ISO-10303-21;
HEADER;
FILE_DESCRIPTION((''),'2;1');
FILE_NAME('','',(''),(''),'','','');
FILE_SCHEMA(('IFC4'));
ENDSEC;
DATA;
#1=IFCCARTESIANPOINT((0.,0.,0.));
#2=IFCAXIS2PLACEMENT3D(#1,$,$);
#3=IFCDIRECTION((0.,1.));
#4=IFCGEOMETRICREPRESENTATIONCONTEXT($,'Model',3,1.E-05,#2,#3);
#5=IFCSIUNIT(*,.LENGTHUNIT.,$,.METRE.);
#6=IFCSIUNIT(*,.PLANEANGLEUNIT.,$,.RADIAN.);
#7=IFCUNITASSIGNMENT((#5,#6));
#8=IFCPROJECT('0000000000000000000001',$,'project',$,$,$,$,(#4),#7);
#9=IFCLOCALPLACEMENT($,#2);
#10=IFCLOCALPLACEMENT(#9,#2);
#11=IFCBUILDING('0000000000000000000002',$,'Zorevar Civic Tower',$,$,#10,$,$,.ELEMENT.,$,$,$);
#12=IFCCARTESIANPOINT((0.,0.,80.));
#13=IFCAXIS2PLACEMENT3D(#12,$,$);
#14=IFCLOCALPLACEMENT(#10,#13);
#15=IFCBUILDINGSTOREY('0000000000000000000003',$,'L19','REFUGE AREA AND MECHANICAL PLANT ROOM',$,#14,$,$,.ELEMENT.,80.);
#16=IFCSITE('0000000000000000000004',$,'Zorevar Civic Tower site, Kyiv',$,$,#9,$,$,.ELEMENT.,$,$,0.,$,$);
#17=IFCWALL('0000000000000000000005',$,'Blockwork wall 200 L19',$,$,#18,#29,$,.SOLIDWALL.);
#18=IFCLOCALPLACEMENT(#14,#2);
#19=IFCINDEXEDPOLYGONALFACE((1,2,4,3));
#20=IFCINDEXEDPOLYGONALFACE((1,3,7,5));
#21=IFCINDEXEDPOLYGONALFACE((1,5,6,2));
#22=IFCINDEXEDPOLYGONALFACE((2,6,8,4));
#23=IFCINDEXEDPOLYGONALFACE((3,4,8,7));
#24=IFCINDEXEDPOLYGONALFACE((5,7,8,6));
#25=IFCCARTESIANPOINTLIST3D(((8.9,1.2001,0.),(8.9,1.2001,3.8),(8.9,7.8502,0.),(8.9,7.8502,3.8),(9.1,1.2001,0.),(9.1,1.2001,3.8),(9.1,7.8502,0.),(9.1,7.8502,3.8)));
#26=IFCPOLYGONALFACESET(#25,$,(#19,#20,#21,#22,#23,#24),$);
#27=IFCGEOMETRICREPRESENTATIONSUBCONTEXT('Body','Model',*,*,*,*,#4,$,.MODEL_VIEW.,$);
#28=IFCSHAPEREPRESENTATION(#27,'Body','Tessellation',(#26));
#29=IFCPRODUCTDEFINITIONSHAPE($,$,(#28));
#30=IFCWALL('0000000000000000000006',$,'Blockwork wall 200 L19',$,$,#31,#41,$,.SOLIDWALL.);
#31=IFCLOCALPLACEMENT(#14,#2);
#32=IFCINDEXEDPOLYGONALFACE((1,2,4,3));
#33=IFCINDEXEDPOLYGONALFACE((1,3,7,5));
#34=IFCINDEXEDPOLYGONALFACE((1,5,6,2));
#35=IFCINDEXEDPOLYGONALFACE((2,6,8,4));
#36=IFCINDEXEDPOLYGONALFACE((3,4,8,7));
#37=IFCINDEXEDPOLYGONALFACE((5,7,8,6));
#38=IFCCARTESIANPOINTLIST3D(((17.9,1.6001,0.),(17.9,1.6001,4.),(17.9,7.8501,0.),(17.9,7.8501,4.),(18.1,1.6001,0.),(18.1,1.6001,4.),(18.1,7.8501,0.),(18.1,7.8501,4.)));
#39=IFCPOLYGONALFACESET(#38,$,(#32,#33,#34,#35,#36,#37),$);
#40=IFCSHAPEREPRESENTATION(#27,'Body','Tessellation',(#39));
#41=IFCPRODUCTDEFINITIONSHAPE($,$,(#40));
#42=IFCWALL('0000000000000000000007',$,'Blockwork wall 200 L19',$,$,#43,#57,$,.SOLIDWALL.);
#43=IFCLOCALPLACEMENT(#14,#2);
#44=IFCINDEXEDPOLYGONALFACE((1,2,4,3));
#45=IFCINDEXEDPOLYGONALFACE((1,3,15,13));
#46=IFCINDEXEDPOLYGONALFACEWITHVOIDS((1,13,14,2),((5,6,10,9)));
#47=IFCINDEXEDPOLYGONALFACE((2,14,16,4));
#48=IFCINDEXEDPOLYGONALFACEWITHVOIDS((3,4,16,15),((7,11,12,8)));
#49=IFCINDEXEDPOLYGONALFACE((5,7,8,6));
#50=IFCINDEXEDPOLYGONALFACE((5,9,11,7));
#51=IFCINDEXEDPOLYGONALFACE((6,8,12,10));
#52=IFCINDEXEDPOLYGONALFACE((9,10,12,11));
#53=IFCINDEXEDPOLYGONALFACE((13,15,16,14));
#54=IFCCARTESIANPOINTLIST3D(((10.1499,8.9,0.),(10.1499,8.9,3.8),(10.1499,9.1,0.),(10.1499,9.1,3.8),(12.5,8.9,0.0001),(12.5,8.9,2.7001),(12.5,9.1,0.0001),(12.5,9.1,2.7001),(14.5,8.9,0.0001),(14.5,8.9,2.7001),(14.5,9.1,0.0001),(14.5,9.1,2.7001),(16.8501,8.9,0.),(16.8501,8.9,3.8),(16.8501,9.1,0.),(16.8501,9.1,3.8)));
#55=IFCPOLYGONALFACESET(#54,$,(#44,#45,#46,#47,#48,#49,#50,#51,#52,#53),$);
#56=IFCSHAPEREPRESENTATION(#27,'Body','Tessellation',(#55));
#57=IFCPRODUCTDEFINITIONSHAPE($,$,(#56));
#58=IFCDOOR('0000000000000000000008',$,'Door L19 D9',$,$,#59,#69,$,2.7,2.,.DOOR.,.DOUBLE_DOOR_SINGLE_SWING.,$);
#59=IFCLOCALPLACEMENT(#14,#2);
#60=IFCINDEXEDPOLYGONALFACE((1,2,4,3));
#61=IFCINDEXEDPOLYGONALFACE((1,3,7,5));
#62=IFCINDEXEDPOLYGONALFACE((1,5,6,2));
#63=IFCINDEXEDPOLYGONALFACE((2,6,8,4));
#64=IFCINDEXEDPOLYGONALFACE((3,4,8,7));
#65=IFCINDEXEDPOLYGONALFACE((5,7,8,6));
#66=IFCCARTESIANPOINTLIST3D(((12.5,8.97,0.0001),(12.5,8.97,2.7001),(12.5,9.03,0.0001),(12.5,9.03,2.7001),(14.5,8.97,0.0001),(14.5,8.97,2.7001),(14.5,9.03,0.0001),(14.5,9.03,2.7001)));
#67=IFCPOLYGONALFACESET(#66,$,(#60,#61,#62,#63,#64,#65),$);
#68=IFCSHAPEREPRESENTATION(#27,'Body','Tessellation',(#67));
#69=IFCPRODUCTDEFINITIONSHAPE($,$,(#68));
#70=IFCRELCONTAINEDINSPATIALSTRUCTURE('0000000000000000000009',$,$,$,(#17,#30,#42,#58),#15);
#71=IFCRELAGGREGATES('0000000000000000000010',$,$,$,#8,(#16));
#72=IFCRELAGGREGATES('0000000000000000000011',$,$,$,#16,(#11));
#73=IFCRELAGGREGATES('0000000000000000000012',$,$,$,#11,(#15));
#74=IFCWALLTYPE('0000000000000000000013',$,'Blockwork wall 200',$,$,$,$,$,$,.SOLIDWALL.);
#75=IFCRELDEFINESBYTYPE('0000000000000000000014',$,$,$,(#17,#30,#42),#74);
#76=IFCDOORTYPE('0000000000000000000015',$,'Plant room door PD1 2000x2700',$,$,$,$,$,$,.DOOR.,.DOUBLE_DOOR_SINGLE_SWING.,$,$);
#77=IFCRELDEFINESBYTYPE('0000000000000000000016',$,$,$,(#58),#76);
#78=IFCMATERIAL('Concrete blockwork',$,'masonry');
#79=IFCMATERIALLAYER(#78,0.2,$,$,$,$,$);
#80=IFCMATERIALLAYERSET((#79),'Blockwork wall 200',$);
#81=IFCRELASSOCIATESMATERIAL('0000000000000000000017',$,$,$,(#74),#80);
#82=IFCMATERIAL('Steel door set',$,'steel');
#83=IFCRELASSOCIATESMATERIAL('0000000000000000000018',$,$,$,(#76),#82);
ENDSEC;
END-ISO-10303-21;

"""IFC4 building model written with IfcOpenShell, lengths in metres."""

from ifc_helpers import new_model, si_unit, direction, frame, frame_2d, origin, place, context, subcontext, project, spatial, rectangle, extrude, material, layer, layer_set, type_object, element, fill, save


model = new_model("IFC4")

# Units and contexts
model_context = context("Model", 3, precision=1e-05, world=origin(), true_north=direction((0.0, 1.0)))
body_context = subcontext(model_context, "Body", "Model", "MODEL_VIEW")
ifc_project = project(units=[si_unit("LENGTHUNIT", "METRE"), si_unit("PLANEANGLEUNIT", "RADIAN")], contexts=[model_context])

# Site, building, storey
site_placement = place(None, origin())
site = spatial("IfcSite", under=ifc_project, at=site_placement, Name="Zorevar Civic Tower site, Kyiv", CompositionType="ELEMENT", RefElevation=0.0)
building_placement = place(site_placement, origin())
building = spatial("IfcBuilding", under=site, at=building_placement, Name="Zorevar Civic Tower", CompositionType="ELEMENT")
storey_placement = place(building_placement, frame((0.0, 0.0, 80.0)))
storey = spatial("IfcBuildingStorey", under=building, at=storey_placement, Name="L19", Description="REFUGE AREA AND MECHANICAL PLANT ROOM", CompositionType="ELEMENT", Elevation=80.0)

# Walls
ifc_material_1 = material(Name="Concrete blockwork", Category="masonry")
ifc_layer_1 = layer(ifc_material_1, 0.2)
ifc_layer_set_1 = layer_set([ifc_layer_1], Name="Blockwork wall 200")
wall_type_1 = type_object("IfcWallType", Name="Blockwork wall 200", PredefinedType="SOLIDWALL", material=ifc_layer_set_1)
wall_1_placement = place(storey_placement, frame((9.0, 1.2, 0.0), z_axis=(0.0, 0.0, 1.0), x_axis=(0.0, 1.0, 0.0)))
element("IfcWall", 1, at=wall_1_placement, inside=storey, type_object=wall_type_1, Name="Blockwork wall 200 L19", PredefinedType="SOLIDWALL", context=body_context, shape_type="SweptSolid", body=[
    extrude(rectangle(XDim=6.6501, YDim=0.2, at=frame_2d((3.3252, 0.0))), origin(), (0.0, 0.0, 1.0), 3.8),
])
wall_2_placement = place(storey_placement, frame((18.0, 1.6001, 0.0), z_axis=(0.0, 0.0, 1.0), x_axis=(0.0, 1.0, 0.0)))
element("IfcWall", 2, at=wall_2_placement, inside=storey, type_object=wall_type_1, Name="Blockwork wall 200 L19", PredefinedType="SOLIDWALL", context=body_context, shape_type="SweptSolid", body=[
    extrude(rectangle(XDim=6.25, YDim=0.2, at=frame_2d((3.125, 0.0))), origin(), (0.0, 0.0, 1.0), 4.0),
])

# Wall, opening, door
wall_3_placement = place(storey_placement, frame((10.1499, 9.0, 0.0), z_axis=(0.0, 0.0, 1.0), x_axis=(1.0, 0.0, 0.0)))
wall_3 = element("IfcWall", 3, at=wall_3_placement, inside=storey, type_object=wall_type_1, Name="Blockwork wall 200 L19", PredefinedType="SOLIDWALL", context=body_context, shape_type="SweptSolid", body=[
    extrude(rectangle(XDim=6.7002, YDim=0.2, at=frame_2d((3.3501, 0.0))), origin(), (0.0, 0.0, 1.0), 3.8),
])
opening_placement = place(wall_3_placement, frame((2.3501, 0.0, 0.0)))
opening = element("IfcOpeningElement", 4, at=opening_placement, cuts=wall_3, PredefinedType="OPENING", context=body_context, shape_type="SweptSolid", body=[
    extrude(rectangle(XDim=2.0, YDim=2.7, at=frame_2d((1.0, 1.3501))), frame((0.0, 0.1099, 0.0), z_axis=(0.0, -1.0, 0.0), x_axis=(1.0, 0.0, 0.0)), (0.0, 0.0, 1.0), 0.22),
])
ifc_material_2 = material(Name="Steel door set", Category="steel")
door_type = type_object("IfcDoorType", Name="Plant room door PD1 2000x2700", OperationType="DOUBLE_DOOR_SINGLE_SWING", PredefinedType="DOOR", material=ifc_material_2)
door_placement = place(opening_placement, origin())
door = element("IfcDoor", 5, at=door_placement, inside=storey, type_object=door_type, Name="Door L19 D9", OperationType="DOUBLE_DOOR_SINGLE_SWING", OverallHeight=2.7, OverallWidth=2.0, PredefinedType="DOOR", context=body_context, shape_type="SweptSolid", body=[
    extrude(rectangle(XDim=2.0, YDim=2.7, at=frame_2d((1.0, 1.3501))), frame((0.0, 0.03, 0.0), z_axis=(0.0, -1.0, 0.0), x_axis=(1.0, 0.0, 0.0)), (0.0, 0.0, 1.0), 0.0601),
])
fill(opening, door)

save(model, "model.ifc")
